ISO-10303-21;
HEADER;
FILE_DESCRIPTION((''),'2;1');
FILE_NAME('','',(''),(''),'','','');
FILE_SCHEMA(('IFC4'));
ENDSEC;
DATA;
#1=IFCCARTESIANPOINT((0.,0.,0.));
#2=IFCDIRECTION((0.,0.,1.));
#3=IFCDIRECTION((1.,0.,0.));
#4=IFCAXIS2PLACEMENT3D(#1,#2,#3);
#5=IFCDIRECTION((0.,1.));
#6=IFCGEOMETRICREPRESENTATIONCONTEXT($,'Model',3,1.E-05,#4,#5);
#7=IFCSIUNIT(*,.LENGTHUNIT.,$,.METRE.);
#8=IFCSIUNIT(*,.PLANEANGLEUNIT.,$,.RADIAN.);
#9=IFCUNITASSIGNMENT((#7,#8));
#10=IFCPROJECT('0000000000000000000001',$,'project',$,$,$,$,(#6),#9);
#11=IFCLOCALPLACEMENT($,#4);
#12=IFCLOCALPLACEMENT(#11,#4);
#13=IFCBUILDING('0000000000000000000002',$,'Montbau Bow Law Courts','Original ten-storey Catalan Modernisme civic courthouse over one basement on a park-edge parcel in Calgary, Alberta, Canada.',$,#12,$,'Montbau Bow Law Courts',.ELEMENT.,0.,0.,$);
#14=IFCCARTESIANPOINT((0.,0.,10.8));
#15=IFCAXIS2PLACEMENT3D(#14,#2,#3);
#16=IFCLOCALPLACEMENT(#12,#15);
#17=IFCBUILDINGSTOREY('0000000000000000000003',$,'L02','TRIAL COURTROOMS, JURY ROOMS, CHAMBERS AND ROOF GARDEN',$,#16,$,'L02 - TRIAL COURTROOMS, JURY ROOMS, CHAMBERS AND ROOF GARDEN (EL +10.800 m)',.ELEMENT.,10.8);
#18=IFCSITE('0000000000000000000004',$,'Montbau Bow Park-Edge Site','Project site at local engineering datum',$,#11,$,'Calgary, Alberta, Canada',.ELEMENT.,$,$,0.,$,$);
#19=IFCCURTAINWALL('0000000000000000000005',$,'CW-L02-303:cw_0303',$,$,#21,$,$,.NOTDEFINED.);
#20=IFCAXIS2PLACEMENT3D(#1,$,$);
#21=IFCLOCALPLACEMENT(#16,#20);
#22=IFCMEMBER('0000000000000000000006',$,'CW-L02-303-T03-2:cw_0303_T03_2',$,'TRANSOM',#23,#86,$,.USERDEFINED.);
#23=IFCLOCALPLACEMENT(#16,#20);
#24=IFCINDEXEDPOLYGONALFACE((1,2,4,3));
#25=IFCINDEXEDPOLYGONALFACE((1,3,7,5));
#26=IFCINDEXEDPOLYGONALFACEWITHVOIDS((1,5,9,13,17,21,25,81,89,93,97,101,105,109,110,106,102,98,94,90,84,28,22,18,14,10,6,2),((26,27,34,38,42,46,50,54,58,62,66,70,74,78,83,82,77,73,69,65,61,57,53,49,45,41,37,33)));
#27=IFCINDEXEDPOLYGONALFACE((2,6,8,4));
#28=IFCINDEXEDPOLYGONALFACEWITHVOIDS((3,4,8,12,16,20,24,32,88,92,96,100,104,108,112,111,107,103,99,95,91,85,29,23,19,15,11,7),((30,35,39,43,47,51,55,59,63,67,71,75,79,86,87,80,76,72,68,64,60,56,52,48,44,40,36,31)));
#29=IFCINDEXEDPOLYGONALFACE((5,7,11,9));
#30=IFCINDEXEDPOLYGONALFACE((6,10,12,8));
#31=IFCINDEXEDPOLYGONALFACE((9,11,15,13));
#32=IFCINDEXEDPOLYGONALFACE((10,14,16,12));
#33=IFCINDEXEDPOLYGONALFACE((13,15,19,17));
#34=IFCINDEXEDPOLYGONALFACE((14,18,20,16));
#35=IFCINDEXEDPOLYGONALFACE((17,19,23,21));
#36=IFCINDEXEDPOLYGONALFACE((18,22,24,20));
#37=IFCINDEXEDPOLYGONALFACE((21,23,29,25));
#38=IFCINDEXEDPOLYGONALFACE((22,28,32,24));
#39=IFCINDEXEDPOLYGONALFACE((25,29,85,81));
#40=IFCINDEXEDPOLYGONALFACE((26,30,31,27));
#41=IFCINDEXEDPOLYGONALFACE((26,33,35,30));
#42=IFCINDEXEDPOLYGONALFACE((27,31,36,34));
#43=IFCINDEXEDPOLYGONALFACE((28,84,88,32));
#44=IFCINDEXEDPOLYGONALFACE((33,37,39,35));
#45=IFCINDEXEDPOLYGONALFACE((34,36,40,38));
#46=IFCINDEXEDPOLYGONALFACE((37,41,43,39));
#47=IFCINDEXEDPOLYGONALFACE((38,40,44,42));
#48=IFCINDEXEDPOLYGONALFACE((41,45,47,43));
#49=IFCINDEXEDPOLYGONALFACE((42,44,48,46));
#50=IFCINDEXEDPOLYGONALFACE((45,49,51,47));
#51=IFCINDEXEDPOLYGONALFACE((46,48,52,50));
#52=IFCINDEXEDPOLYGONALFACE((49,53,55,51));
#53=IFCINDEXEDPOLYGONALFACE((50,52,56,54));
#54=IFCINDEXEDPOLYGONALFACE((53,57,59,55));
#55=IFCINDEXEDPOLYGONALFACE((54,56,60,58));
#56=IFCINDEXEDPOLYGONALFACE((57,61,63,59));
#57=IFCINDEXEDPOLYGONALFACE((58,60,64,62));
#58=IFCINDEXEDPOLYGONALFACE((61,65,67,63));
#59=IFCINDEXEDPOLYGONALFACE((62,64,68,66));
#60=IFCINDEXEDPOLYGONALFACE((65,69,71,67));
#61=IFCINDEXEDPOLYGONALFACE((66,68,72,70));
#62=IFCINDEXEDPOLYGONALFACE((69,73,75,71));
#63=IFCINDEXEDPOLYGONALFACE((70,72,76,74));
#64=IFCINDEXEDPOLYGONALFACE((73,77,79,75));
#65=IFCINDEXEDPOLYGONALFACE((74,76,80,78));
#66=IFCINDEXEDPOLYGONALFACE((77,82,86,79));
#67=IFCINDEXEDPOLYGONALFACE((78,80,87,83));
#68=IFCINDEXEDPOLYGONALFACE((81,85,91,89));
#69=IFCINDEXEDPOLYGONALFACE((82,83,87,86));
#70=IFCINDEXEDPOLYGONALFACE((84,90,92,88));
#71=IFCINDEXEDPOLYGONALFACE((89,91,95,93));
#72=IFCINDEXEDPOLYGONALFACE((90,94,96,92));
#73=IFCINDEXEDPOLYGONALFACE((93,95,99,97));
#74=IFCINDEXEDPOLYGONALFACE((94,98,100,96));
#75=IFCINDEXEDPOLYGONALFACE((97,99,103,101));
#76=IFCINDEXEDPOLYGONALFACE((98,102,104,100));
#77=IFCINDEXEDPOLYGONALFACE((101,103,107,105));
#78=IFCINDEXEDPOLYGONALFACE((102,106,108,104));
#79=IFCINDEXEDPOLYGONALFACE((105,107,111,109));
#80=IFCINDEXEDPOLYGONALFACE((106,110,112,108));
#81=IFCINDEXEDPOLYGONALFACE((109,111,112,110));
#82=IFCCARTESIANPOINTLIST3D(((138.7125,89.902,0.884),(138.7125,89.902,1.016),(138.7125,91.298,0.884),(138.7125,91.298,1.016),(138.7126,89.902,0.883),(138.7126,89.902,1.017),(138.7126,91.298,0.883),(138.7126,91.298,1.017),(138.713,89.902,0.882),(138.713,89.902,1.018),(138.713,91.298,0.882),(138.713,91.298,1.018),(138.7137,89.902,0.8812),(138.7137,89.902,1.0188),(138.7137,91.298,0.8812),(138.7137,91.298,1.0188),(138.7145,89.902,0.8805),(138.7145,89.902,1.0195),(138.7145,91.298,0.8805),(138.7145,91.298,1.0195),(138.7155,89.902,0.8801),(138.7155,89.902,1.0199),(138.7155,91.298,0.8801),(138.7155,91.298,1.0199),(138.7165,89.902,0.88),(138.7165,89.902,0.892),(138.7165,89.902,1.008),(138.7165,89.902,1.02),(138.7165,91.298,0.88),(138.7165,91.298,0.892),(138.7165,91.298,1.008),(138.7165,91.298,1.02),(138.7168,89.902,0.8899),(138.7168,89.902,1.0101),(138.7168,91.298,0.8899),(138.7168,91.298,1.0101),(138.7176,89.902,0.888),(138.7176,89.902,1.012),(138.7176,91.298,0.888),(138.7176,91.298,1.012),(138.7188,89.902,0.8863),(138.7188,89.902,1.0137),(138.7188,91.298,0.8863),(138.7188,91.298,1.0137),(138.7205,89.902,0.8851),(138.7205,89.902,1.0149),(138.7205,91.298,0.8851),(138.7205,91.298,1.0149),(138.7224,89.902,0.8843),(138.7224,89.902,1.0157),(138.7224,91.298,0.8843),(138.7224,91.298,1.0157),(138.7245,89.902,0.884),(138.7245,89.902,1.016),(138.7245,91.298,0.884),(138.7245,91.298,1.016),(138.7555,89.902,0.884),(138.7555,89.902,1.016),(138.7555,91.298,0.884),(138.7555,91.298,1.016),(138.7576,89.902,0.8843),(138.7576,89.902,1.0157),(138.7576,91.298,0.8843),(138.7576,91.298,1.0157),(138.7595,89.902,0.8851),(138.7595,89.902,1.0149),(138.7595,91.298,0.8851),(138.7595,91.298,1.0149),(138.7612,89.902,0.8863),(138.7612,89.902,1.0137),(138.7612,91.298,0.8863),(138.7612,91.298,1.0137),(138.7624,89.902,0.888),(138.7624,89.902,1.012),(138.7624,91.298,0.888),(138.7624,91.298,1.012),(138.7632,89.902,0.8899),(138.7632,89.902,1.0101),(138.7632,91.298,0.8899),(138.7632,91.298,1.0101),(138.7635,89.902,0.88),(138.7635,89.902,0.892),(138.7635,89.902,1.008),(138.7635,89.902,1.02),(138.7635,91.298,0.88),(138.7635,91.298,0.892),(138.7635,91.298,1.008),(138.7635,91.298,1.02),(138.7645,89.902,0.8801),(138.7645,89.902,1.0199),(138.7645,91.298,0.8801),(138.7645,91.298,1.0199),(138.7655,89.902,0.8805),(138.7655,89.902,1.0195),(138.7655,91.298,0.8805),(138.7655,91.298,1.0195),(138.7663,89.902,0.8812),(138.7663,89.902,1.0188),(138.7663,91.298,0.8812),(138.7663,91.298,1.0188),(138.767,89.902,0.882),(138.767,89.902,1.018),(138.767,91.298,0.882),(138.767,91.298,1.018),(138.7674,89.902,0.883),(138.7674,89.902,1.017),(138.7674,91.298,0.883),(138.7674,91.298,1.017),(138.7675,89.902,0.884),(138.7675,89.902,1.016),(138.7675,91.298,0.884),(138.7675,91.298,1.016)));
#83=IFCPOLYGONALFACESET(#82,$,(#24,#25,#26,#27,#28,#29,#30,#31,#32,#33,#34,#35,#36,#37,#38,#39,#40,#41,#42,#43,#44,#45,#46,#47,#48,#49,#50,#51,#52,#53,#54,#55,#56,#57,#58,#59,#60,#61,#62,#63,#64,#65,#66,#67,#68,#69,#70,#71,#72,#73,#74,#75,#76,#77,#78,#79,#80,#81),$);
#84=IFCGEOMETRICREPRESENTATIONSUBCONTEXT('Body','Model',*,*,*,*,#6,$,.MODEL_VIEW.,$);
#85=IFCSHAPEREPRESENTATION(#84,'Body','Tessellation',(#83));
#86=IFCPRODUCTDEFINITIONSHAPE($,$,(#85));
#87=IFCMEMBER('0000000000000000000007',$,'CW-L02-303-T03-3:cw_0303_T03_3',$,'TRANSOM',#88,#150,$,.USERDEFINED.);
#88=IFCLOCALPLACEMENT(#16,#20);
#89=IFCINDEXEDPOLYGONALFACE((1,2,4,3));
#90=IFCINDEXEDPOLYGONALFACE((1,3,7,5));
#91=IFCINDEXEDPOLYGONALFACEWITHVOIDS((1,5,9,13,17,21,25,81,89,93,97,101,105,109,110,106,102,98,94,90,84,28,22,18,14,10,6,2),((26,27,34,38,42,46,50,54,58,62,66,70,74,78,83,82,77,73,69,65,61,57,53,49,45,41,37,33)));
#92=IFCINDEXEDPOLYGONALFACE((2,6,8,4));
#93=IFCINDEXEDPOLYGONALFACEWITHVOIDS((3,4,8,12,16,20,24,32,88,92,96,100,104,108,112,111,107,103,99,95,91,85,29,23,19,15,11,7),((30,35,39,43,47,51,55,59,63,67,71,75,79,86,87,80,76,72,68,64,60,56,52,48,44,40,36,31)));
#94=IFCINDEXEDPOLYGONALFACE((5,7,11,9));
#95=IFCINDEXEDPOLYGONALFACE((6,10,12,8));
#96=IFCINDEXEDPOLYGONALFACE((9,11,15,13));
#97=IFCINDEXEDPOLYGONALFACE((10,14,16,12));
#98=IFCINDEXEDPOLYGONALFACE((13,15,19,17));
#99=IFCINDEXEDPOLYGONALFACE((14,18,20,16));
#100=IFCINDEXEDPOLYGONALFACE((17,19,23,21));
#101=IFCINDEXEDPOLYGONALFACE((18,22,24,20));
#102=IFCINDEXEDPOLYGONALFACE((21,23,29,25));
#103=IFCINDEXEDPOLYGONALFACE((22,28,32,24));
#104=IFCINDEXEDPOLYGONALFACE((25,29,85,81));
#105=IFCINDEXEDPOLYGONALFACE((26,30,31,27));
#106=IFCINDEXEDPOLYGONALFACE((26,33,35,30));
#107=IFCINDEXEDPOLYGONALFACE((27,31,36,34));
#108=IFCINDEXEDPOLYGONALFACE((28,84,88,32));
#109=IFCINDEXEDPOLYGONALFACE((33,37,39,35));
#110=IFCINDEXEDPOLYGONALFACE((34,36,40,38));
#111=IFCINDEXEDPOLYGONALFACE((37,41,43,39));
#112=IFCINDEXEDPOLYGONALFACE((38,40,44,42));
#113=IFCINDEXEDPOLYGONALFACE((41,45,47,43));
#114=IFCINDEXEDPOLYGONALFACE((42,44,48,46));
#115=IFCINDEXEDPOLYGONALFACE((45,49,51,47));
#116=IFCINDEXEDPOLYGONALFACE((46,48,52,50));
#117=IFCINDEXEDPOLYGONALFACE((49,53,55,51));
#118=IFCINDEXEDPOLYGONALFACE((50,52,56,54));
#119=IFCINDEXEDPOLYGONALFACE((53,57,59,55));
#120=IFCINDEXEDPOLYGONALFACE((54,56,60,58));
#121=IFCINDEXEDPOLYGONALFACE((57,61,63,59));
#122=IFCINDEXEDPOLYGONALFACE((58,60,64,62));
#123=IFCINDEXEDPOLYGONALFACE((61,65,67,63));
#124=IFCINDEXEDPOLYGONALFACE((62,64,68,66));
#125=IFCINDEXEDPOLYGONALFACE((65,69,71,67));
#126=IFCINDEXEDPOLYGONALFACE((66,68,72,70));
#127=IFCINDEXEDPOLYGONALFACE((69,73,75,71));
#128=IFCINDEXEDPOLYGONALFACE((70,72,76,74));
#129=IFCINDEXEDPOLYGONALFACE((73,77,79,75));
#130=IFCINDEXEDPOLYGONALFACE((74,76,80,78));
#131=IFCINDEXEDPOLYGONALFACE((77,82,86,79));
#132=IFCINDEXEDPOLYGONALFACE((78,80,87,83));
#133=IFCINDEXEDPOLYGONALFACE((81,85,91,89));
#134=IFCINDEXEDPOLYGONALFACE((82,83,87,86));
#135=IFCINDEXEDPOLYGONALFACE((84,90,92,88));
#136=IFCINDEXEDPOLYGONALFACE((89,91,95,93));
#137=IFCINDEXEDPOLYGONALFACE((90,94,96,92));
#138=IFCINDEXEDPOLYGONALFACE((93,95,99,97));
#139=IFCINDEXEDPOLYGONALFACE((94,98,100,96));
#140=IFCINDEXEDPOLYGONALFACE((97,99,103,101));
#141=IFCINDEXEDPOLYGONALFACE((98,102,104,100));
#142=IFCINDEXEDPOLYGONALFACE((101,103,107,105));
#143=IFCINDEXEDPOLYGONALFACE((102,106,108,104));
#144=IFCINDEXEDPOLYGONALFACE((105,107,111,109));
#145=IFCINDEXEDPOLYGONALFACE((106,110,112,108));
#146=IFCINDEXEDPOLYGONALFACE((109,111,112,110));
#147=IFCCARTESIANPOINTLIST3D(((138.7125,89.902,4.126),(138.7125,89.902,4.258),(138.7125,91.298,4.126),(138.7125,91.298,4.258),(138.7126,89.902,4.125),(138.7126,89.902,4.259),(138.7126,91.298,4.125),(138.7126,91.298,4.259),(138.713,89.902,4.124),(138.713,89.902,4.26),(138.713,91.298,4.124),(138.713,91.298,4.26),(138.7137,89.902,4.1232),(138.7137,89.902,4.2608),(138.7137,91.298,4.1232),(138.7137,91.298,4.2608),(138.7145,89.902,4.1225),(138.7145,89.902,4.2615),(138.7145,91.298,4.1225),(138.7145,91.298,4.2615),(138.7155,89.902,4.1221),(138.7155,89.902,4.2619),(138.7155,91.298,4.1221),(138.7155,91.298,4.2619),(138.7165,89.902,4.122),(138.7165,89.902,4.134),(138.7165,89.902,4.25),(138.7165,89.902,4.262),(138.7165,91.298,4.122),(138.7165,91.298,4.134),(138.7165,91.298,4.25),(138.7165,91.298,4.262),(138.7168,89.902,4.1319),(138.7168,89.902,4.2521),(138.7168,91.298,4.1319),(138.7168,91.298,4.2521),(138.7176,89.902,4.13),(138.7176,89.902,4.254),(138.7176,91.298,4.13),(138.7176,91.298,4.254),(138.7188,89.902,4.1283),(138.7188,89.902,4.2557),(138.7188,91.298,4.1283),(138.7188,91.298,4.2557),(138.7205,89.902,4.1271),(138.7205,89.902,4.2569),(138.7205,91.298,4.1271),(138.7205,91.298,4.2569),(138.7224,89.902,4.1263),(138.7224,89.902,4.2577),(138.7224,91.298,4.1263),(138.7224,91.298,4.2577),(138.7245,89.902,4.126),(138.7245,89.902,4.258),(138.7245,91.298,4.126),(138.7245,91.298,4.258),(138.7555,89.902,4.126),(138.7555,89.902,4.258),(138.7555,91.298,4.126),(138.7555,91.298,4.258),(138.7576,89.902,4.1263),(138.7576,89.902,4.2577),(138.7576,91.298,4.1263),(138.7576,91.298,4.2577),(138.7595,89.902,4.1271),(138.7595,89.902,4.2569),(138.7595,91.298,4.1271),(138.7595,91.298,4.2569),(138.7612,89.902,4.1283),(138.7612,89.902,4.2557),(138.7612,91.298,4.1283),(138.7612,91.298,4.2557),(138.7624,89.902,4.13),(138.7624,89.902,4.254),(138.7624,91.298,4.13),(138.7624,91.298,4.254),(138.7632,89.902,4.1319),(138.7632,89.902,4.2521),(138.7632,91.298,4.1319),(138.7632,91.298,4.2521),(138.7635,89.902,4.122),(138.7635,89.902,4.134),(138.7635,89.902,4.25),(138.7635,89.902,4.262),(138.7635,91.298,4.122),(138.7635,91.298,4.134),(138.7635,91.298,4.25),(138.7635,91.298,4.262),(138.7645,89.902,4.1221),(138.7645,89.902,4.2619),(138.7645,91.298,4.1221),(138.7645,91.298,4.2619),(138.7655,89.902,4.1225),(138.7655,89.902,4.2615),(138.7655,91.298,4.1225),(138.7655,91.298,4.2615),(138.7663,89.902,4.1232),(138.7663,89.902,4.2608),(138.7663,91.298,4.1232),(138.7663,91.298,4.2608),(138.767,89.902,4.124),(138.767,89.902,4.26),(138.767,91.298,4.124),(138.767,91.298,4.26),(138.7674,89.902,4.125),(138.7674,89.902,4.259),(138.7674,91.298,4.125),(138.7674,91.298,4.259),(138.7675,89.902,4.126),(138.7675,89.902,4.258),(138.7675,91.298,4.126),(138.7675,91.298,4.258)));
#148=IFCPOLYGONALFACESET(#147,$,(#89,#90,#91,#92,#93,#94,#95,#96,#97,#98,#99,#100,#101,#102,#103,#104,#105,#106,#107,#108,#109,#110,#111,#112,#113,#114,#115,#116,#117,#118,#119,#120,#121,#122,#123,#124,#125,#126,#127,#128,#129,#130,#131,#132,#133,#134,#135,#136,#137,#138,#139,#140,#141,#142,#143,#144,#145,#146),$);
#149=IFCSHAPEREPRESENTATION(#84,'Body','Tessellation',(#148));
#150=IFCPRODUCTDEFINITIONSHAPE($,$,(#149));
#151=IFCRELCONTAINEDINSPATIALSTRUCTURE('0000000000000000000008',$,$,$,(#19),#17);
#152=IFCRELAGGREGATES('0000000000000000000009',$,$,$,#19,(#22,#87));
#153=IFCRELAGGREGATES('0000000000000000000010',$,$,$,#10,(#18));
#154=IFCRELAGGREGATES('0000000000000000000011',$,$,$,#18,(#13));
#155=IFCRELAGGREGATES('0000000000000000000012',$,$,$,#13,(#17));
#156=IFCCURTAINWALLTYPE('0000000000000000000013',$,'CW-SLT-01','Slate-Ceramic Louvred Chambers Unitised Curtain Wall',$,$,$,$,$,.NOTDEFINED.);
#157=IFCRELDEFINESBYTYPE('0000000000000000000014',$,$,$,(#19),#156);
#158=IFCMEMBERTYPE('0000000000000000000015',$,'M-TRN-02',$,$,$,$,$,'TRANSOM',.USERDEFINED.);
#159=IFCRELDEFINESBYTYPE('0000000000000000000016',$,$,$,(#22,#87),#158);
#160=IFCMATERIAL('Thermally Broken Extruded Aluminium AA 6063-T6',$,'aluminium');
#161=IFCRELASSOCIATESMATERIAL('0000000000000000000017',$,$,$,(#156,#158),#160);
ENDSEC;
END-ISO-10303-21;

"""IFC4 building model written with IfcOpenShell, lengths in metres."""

from ifc_helpers import new_model, si_unit, direction, frame, origin_with_axes, origin_2d_with_axis, place, context, subcontext, project, spatial, hollow_rectangle, extrude, material, material_profile, profile_set, type_object, element, aggregate, save


model = new_model("IFC4")

# Units and contexts
model_context = context("Model", 3, precision=1e-05, world=origin_with_axes(), true_north=direction((0.0, 1.0)))
body_context = subcontext(model_context, "Body", "Model", "MODEL_VIEW")
ifc_project = project(units=[si_unit("LENGTHUNIT", "METRE"), si_unit("PLANEANGLEUNIT", "RADIAN")], contexts=[model_context])

# Site, building, storey
site_placement = place(None, origin_with_axes())
site = spatial("IfcSite", under=ifc_project, at=site_placement, Name="Montbau Bow Park-Edge Site", Description="Project site at local engineering datum", LongName="Calgary, Alberta, Canada", CompositionType="ELEMENT", RefElevation=0.0)
building_placement = place(site_placement, origin_with_axes())
building = spatial("IfcBuilding", under=site, at=building_placement, Name="Montbau Bow Law Courts", Description="Original ten-storey Catalan Modernisme civic courthouse over one basement on a park-edge parcel in Calgary, Alberta, Canada.", LongName="Montbau Bow Law Courts", CompositionType="ELEMENT", ElevationOfRefHeight=0.0, ElevationOfTerrain=0.0)
storey_placement = place(building_placement, frame((0.0, 0.0, 10.8), z_axis=(0.0, 0.0, 1.0), x_axis=(1.0, 0.0, 0.0)))
storey = spatial("IfcBuildingStorey", under=building, at=storey_placement, Name="L02", Description="TRIAL COURTROOMS, JURY ROOMS, CHAMBERS AND ROOF GARDEN", LongName="L02 - TRIAL COURTROOMS, JURY ROOMS, CHAMBERS AND ROOF GARDEN (EL +10.800 m)", CompositionType="ELEMENT", Elevation=10.8)

# Curtain wall, members
ifc_material_1 = material(Name="Thermally Broken Extruded Aluminium AA 6063-T6", Category="aluminium")
curtain_wall_type = type_object("IfcCurtainWallType", Name="CW-SLT-01", Description="Slate-Ceramic Louvred Chambers Unitised Curtain Wall", PredefinedType="NOTDEFINED", material=ifc_material_1)
curtain_wall_placement = place(None, frame((138.74, 86.915, 10.8), z_axis=(0.0, 0.0, 1.0), x_axis=(1.0, 0.0, 0.0)))
curtain_wall = element("IfcCurtainWall", 1, at=curtain_wall_placement, inside=storey, type_object=curtain_wall_type, Name="CW-L02-303:cw_0303", PredefinedType="NOTDEFINED")
ifc_material_profile_1 = material_profile(ifc_material_1, hollow_rectangle(XDim=0.055, YDim=0.14, WallThickness=0.004, InnerFilletRadius=0.008, OuterFilletRadius=0.004, at=origin_2d_with_axis()), Name="CWT-140X55", Category="Main", Priority=0)
ifc_profile_set_1 = profile_set([ifc_material_profile_1], Name="Thermally Broken Extruded Aluminium AA 6063-T6")
member_type_1 = type_object("IfcMemberType", Name="M-TRN-02", ElementType="TRANSOM", PredefinedType="USERDEFINED", material=ifc_profile_set_1)
member_1_placement = place(None, frame((138.74, 89.902, 11.75), z_axis=(0.0, 1.0, 0.0), x_axis=(-1.0, 0.0, 0.0)))
member_1 = element("IfcMember", 2, at=member_1_placement, type_object=member_type_1, Name="CW-L02-303-T03-2:cw_0303_T03_2", ObjectType="TRANSOM", PredefinedType="USERDEFINED", context=body_context, shape_type="SweptSolid", body=[
    extrude(hollow_rectangle(XDim=0.055, YDim=0.14, WallThickness=0.004, InnerFilletRadius=0.008, OuterFilletRadius=0.004, at=origin_2d_with_axis()), origin_with_axes(), (0.0, 0.0, 1.0), 1.396),
])
member_2_placement = place(None, frame((138.74, 89.902, 14.992), z_axis=(0.0, 1.0, 0.0), x_axis=(-1.0, 0.0, 0.0)))
member_2 = element("IfcMember", 3, at=member_2_placement, type_object=member_type_1, Name="CW-L02-303-T03-3:cw_0303_T03_3", ObjectType="TRANSOM", PredefinedType="USERDEFINED", context=body_context, shape_type="SweptSolid", body=[
    extrude(hollow_rectangle(XDim=0.055, YDim=0.14, WallThickness=0.004, InnerFilletRadius=0.008, OuterFilletRadius=0.004, at=origin_2d_with_axis()), origin_with_axes(), (0.0, 0.0, 1.0), 1.396),
])
aggregate(curtain_wall, [member_1, member_2])

save(model, "model.ifc")
